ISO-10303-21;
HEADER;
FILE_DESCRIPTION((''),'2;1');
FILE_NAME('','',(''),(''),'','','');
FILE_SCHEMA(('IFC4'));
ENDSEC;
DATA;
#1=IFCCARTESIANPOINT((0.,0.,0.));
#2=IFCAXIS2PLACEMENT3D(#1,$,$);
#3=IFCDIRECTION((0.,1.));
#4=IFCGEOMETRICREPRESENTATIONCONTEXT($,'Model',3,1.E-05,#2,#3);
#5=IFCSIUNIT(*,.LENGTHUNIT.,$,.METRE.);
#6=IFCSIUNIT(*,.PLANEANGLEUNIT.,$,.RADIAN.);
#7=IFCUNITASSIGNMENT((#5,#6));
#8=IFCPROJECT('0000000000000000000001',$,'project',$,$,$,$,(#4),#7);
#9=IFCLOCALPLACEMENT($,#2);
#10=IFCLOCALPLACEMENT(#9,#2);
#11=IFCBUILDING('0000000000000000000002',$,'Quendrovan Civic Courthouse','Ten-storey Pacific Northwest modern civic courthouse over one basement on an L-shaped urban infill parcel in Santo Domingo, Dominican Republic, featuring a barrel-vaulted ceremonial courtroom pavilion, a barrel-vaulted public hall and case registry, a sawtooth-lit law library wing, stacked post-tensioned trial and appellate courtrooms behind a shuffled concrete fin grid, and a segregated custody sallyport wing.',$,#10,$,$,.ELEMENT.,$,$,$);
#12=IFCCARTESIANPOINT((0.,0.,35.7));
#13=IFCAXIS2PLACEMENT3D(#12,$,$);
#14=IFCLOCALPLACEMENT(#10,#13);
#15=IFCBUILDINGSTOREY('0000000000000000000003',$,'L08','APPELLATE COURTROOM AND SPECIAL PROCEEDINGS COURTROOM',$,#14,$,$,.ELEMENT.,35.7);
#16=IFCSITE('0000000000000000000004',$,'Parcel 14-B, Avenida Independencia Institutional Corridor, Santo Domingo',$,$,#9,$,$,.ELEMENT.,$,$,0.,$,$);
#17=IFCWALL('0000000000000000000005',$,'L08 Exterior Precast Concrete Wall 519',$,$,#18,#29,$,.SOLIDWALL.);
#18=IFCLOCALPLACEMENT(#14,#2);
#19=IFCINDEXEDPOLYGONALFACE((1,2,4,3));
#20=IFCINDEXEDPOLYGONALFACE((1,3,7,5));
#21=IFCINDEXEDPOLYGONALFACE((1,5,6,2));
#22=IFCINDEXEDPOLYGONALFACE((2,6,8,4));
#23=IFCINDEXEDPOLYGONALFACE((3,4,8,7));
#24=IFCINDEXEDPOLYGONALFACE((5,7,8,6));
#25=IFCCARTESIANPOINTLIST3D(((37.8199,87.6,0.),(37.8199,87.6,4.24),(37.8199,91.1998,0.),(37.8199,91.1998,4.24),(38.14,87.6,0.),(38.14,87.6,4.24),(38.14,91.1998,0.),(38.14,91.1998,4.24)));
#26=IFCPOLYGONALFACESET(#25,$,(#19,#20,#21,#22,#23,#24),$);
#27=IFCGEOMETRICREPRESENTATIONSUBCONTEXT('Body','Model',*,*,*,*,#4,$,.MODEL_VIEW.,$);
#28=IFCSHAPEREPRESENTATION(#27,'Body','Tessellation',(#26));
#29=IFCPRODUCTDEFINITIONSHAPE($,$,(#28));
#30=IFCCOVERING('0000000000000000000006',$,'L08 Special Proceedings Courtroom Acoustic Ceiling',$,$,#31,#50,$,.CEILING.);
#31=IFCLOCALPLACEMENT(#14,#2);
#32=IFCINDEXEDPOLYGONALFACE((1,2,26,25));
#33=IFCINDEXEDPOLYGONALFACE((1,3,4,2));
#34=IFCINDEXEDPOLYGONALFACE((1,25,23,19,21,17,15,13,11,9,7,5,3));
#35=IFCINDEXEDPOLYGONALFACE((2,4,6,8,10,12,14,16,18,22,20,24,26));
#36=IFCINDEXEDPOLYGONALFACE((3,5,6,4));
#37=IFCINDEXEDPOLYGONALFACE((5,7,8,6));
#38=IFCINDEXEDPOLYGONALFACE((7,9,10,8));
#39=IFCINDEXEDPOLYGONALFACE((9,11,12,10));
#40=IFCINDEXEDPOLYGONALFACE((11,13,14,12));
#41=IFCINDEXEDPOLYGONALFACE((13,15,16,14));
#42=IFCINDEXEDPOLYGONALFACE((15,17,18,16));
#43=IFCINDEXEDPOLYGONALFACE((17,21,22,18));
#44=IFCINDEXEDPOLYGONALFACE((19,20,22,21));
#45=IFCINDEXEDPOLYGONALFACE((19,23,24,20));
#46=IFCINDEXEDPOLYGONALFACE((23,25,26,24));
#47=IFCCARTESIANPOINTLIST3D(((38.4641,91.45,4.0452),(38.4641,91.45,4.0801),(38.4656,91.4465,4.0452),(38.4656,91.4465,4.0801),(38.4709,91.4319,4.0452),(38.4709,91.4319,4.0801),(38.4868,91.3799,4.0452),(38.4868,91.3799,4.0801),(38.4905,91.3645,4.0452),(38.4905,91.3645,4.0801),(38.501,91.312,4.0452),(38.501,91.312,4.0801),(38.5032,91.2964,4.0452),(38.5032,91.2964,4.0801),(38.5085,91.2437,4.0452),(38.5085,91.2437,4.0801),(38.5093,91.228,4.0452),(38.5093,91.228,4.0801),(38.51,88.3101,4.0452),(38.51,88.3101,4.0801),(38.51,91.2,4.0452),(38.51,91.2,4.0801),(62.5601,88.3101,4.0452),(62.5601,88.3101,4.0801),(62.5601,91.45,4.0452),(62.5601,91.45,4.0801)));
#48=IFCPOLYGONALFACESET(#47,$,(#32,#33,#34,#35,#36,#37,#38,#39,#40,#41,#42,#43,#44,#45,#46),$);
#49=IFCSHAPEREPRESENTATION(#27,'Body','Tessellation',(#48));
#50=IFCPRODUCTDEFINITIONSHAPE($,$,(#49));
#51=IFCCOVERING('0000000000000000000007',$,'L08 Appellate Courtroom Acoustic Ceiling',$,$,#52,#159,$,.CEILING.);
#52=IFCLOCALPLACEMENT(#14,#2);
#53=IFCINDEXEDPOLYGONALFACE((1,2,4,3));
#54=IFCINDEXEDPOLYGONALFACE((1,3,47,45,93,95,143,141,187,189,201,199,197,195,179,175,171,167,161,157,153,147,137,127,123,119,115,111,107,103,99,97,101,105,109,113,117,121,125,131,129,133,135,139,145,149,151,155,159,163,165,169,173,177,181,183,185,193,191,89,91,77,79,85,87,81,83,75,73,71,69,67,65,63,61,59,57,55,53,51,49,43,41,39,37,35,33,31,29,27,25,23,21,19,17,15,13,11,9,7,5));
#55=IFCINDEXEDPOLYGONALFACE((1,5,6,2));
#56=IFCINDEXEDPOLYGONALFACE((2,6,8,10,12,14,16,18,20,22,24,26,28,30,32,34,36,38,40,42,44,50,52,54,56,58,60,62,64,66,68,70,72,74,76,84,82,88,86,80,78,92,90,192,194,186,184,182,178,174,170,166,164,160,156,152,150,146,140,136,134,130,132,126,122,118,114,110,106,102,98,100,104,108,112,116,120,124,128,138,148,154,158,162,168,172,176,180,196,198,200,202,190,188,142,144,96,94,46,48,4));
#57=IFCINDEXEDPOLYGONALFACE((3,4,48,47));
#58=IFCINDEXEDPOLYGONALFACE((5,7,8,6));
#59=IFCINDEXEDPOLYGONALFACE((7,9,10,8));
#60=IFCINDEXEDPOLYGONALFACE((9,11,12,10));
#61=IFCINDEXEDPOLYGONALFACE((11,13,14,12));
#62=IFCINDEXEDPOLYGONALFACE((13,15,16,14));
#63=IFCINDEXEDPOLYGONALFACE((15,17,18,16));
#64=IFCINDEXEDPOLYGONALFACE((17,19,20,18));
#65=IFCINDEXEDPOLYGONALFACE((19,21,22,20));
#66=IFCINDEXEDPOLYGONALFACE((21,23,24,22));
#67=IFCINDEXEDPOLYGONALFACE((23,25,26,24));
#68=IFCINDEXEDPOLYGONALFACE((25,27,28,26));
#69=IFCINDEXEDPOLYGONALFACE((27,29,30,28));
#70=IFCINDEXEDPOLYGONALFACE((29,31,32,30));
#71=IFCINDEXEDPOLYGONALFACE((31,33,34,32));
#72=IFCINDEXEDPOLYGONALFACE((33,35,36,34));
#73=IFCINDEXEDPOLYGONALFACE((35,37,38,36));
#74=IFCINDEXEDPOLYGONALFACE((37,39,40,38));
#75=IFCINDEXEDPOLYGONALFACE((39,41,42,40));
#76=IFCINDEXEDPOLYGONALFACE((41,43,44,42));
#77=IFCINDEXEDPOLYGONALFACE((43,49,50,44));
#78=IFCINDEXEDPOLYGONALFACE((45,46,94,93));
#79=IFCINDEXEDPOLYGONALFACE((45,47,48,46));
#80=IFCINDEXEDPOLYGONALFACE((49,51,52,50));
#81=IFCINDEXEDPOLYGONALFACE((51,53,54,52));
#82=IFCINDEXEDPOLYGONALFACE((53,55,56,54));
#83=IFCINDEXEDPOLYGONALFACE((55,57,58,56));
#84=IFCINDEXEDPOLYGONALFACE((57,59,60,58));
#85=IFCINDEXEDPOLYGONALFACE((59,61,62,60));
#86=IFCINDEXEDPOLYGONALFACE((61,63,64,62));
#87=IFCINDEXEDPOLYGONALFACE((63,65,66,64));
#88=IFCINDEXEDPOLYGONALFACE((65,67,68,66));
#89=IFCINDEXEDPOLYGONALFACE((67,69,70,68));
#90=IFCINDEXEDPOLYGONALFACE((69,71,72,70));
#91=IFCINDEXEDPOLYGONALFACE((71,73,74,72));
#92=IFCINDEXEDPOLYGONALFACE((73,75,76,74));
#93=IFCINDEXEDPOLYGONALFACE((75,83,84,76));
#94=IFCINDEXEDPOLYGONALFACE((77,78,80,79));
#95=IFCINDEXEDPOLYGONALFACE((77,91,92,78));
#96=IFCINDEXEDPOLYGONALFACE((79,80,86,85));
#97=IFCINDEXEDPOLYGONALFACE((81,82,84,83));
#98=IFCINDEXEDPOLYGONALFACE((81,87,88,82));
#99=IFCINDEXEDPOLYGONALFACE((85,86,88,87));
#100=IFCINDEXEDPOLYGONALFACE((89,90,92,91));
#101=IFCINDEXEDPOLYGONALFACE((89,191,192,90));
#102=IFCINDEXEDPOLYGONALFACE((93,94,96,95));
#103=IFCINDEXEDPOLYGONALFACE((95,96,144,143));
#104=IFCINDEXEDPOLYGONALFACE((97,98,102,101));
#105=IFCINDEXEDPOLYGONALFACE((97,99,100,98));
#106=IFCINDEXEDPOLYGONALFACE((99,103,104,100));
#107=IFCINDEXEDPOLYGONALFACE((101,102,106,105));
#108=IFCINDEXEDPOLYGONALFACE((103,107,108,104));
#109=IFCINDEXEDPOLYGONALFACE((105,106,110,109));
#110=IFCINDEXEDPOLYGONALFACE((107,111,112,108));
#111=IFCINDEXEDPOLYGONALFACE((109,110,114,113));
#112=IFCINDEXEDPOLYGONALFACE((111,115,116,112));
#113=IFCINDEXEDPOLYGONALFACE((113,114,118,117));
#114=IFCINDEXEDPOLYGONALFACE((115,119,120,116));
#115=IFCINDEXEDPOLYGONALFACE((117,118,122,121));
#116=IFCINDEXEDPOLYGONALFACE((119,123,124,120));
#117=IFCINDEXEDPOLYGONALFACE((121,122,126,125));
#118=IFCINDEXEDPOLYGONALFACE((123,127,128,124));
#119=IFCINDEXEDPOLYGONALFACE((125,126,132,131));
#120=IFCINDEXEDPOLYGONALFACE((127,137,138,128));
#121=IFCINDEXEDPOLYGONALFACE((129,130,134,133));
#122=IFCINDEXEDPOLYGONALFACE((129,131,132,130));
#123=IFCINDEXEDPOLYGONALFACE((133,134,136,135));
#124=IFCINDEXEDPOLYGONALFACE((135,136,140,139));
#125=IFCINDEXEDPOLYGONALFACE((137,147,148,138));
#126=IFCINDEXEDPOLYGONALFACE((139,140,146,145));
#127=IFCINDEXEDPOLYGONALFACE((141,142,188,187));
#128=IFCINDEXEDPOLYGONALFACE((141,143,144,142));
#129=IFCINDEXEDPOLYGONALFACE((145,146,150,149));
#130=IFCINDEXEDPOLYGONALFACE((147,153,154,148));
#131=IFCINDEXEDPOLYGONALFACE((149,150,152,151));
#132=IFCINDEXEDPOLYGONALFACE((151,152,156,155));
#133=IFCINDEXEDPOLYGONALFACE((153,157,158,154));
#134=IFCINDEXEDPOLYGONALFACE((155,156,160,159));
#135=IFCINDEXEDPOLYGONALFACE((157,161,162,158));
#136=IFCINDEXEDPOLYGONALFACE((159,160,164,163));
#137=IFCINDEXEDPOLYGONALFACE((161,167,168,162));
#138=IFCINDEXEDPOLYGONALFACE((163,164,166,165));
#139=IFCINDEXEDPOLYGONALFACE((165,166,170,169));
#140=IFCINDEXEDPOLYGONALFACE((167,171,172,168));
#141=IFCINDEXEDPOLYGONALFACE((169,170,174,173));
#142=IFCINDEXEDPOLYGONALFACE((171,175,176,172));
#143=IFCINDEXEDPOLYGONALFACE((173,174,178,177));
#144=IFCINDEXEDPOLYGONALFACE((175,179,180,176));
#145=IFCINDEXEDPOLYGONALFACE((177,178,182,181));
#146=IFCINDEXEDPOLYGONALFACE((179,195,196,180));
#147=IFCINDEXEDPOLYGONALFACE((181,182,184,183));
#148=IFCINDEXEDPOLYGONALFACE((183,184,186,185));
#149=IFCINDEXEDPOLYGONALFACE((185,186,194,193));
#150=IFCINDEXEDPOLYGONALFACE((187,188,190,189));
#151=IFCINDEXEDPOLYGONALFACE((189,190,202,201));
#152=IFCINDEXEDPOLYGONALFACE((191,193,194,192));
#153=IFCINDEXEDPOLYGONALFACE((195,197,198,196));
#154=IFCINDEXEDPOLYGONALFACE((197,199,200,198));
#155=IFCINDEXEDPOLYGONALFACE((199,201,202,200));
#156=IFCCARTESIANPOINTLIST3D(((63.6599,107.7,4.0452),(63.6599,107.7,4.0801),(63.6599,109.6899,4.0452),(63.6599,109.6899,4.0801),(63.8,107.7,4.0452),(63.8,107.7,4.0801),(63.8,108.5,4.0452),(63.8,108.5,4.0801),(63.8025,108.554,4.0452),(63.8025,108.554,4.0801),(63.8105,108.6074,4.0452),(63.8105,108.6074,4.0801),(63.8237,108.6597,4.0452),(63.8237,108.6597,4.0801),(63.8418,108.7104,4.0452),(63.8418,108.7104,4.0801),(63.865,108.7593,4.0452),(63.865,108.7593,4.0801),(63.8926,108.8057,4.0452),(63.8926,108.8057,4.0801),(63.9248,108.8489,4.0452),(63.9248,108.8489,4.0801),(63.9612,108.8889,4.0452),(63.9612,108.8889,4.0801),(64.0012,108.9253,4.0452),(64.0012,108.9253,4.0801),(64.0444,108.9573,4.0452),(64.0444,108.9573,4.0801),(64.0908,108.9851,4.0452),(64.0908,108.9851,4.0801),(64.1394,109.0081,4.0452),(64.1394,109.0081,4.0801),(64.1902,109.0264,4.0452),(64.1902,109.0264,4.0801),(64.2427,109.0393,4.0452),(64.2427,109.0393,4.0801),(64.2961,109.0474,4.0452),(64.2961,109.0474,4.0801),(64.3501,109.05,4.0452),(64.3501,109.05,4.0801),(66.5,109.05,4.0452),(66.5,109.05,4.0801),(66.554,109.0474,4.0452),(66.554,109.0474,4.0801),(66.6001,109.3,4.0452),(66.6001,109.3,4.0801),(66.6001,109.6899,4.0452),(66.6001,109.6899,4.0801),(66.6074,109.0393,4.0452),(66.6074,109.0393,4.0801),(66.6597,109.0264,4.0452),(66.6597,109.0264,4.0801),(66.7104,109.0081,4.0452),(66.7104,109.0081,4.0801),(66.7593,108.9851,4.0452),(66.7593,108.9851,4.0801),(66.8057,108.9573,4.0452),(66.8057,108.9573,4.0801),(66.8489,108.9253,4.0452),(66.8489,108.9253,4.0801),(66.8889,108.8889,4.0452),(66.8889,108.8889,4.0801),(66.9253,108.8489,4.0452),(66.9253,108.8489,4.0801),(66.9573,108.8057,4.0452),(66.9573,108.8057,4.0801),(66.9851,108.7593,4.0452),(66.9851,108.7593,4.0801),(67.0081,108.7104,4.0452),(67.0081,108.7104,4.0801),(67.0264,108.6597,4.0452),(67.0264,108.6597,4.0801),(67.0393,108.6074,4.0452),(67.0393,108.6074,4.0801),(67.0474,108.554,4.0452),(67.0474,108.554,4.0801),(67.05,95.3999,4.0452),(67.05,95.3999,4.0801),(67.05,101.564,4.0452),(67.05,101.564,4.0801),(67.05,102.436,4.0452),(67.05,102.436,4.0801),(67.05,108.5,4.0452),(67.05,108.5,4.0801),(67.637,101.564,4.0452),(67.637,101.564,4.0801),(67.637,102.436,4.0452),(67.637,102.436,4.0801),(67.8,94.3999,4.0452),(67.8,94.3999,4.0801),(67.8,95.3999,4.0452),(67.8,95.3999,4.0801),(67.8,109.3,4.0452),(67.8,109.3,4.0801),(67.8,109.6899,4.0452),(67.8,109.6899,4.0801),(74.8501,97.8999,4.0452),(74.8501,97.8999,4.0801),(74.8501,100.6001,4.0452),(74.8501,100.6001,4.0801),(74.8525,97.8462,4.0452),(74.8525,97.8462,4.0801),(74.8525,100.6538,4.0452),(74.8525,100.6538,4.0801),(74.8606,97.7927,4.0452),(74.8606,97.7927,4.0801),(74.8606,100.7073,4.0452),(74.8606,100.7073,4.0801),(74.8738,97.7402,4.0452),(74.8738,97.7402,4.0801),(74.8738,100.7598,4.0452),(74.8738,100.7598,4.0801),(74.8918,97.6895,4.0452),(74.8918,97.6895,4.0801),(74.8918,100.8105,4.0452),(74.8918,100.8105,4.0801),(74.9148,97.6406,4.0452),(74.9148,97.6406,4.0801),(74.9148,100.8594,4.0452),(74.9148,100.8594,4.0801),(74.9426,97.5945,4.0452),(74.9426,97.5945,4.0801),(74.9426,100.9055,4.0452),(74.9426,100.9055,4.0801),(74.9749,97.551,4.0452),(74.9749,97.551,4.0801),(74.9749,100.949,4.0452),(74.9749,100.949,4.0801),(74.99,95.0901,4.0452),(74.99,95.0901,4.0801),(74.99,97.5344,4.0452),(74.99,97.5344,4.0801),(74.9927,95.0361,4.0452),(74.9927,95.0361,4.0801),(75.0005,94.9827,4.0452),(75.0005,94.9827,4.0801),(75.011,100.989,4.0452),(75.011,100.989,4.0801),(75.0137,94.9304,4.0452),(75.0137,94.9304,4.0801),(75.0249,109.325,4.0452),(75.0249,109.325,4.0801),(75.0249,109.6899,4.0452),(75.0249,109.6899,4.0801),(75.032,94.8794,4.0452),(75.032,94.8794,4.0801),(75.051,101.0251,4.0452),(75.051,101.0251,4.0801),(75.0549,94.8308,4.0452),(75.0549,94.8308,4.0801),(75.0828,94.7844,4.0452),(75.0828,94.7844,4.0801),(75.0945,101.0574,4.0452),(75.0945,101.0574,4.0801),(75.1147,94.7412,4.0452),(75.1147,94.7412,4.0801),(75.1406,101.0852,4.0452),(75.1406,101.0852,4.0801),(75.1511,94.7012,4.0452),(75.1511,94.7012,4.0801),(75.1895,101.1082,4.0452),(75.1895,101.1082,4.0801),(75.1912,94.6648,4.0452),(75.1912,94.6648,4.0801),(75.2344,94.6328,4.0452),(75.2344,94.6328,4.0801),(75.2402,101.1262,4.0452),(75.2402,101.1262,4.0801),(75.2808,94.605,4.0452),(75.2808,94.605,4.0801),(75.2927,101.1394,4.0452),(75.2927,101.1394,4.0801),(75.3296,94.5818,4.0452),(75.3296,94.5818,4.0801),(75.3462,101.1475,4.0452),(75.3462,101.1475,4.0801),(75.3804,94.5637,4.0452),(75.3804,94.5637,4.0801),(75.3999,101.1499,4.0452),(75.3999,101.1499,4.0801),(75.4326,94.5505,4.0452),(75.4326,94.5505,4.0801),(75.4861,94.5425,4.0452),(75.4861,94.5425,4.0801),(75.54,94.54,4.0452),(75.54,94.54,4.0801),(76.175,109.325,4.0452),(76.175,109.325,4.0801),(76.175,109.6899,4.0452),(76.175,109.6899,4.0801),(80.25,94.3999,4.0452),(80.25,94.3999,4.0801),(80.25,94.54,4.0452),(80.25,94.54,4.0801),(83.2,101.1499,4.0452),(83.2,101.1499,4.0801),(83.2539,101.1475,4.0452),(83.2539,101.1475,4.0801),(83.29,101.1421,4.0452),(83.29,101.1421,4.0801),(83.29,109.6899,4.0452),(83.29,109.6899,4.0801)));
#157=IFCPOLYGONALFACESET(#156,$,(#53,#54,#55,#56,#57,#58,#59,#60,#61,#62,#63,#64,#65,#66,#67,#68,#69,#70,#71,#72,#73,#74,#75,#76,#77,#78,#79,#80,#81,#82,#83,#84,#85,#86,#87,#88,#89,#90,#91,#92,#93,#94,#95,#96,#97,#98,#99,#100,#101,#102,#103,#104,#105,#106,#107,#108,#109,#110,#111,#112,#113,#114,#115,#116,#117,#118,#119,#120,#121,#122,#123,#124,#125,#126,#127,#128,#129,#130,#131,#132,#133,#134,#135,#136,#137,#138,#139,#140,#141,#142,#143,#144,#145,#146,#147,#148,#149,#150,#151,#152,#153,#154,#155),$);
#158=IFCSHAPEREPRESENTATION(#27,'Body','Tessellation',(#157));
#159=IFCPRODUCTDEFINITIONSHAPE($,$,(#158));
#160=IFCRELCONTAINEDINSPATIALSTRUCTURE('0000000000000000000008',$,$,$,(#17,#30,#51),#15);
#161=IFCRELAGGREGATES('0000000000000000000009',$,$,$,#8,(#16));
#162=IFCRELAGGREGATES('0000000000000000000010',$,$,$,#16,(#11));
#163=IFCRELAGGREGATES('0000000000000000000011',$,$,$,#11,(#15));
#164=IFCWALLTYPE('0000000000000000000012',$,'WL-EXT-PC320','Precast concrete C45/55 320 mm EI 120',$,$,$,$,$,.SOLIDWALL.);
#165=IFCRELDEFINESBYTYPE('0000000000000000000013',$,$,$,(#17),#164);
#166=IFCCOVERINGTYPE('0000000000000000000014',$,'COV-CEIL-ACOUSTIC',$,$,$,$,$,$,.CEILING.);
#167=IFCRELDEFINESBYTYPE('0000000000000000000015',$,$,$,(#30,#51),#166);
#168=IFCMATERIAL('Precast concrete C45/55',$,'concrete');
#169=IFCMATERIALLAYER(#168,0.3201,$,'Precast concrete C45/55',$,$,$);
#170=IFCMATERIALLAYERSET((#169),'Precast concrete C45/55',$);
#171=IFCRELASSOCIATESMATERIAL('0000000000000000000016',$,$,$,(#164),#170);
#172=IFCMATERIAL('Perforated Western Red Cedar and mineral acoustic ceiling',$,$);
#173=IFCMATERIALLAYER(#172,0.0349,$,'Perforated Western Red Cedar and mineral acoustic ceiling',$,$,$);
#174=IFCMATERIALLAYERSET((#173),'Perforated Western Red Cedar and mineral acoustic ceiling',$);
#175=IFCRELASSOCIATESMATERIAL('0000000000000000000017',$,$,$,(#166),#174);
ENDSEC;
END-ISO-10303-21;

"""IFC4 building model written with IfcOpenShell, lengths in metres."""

from ifc_helpers import new_model, si_unit, direction, frame, frame_2d, origin, place, context, subcontext, project, spatial, polyline, rectangle, outline, extrude, material, layer, layer_set, type_object, element, save


model = new_model("IFC4")

# Units and contexts
model_context = context("Model", 3, precision=1e-05, world=origin(), true_north=direction((0.0, 1.0)))
body_context = subcontext(model_context, "Body", "Model", "MODEL_VIEW")
ifc_project = project(units=[si_unit("LENGTHUNIT", "METRE"), si_unit("PLANEANGLEUNIT", "RADIAN")], contexts=[model_context])

# Site, building, storey
site_placement = place(None, origin())
site = spatial("IfcSite", under=ifc_project, at=site_placement, Name="Parcel 14-B, Avenida Independencia Institutional Corridor, Santo Domingo", CompositionType="ELEMENT", RefElevation=0.0)
building_placement = place(site_placement, origin())
building = spatial("IfcBuilding", under=site, at=building_placement, Name="Quendrovan Civic Courthouse", Description="Ten-storey Pacific Northwest modern civic courthouse over one basement on an L-shaped urban infill parcel in Santo Domingo, Dominican Republic, featuring a barrel-vaulted ceremonial courtroom pavilion, a barrel-vaulted public hall and case registry, a sawtooth-lit law library wing, stacked post-tensioned trial and appellate courtrooms behind a shuffled concrete fin grid, and a segregated custody sallyport wing.", CompositionType="ELEMENT")
storey_placement = place(building_placement, frame((0.0, 0.0, 35.7)))
storey = spatial("IfcBuildingStorey", under=building, at=storey_placement, Name="L08", Description="APPELLATE COURTROOM AND SPECIAL PROCEEDINGS COURTROOM", CompositionType="ELEMENT", Elevation=35.7)

# Shared definitions
ifc_material_1 = material(Name="Precast concrete C45/55", Category="concrete")

# Wall
ifc_layer_1 = layer(ifc_material_1, 0.3201, Name="Precast concrete C45/55")
ifc_layer_set_1 = layer_set([ifc_layer_1], Name="Precast concrete C45/55")
wall_type = type_object("IfcWallType", Name="WL-EXT-PC320", Description="Precast concrete C45/55 320 mm EI 120", PredefinedType="SOLIDWALL", material=ifc_layer_set_1)
wall_placement = place(storey_placement, frame((37.98, 87.6001, 0.0), z_axis=(0.0, 0.0, 1.0), x_axis=(0.0, 1.0, 0.0)))
element("IfcWall", 1, at=wall_placement, inside=storey, type_object=wall_type, Name="L08 Exterior Precast Concrete Wall 519", PredefinedType="SOLIDWALL", context=body_context, shape_type="SweptSolid", body=[
    extrude(rectangle(XDim=3.5999, YDim=0.3201, at=frame_2d((1.7998, 0.0))), origin(), (0.0, 0.0, 1.0), 4.24),
])

# Coverings
ifc_material_2 = material(Name="Perforated Western Red Cedar and mineral acoustic ceiling")
ifc_layer_2 = layer(ifc_material_2, 0.0349, Name="Perforated Western Red Cedar and mineral acoustic ceiling")
ifc_layer_set_2 = layer_set([ifc_layer_2], Name="Perforated Western Red Cedar and mineral acoustic ceiling")
covering_type_1 = type_object("IfcCoveringType", Name="COV-CEIL-ACOUSTIC", PredefinedType="CEILING", material=ifc_layer_set_2)
covering_1_placement = place(storey_placement, frame((0.0, 0.0, 4.0452)))
element("IfcCovering", 2, at=covering_1_placement, inside=storey, type_object=covering_type_1, Name="L08 Special Proceedings Courtroom Acoustic Ceiling", PredefinedType="CEILING", context=body_context, shape_type="SweptSolid", body=[
    extrude(outline(polyline([(38.5032, 91.2964), (38.501, 91.312), (38.4905, 91.3645), (38.4868, 91.3799), (38.4709, 91.4319), (38.4656, 91.4465), (38.4641, 91.45), (62.5601, 91.45), (62.5601, 88.3101), (38.51, 88.3101), (38.51, 91.2), (38.5093, 91.228), (38.5085, 91.2437), (38.5032, 91.2964)])), origin(), (0.0, 0.0, 1.0), 0.0349),
])
covering_2_placement = place(storey_placement, frame((0.0, 0.0, 4.0452)))
element("IfcCovering", 3, at=covering_2_placement, inside=storey, type_object=covering_type_1, Name="L08 Appellate Courtroom Acoustic Ceiling", PredefinedType="CEILING", context=body_context, shape_type="SweptSolid", body=[
    extrude(outline(polyline([(67.8, 94.3999), (67.8, 95.3999), (67.05, 95.3999), (67.05, 101.564), (67.637, 101.564), (67.637, 102.436), (67.05, 102.436), (67.05, 108.5), (67.0474, 108.554), (67.0393, 108.6074), (67.0264, 108.6597), (67.0081, 108.7104), (66.9851, 108.7593), (66.9573, 108.8057), (66.9253, 108.8489), (66.8889, 108.8889), (66.8489, 108.9253), (66.8057, 108.9573), (66.7593, 108.9851), (66.7104, 109.0081), (66.6597, 109.0264), (66.6074, 109.0393), (66.554, 109.0474), (66.5, 109.05), (64.3501, 109.05), (64.2961, 109.0474), (64.2427, 109.0393), (64.1902, 109.0264), (64.1394, 109.0081), (64.0908, 108.9851), (64.0444, 108.9573), (64.0012, 108.9253), (63.9612, 108.8889), (63.9248, 108.8489), (63.8926, 108.8057), (63.865, 108.7593), (63.8418, 108.7104), (63.8237, 108.6597), (63.8105, 108.6074), (63.8025, 108.554), (63.8, 108.5), (63.8, 107.7), (63.6599, 107.7), (63.6599, 109.6899), (66.6001, 109.6899), (66.6001, 109.3), (67.8, 109.3), (67.8, 109.6899), (75.0249, 109.6899), (75.0249, 109.325), (76.175, 109.325), (76.175, 109.6899), (83.29, 109.6899), (83.29, 101.1421), (83.2539, 101.1475), (83.2, 101.1499), (75.3999, 101.1499), (75.3462, 101.1475), (75.2927, 101.1394), (75.2402, 101.1262), (75.1895, 101.1082), (75.1406, 101.0852), (75.0945, 101.0574), (75.051, 101.0251), (75.011, 100.989), (74.9749, 100.949), (74.9426, 100.9055), (74.9148, 100.8594), (74.8918, 100.8105), (74.8738, 100.7598), (74.8606, 100.7073), (74.8525, 100.6538), (74.8501, 100.6001), (74.8501, 97.8999), (74.8525, 97.8462), (74.8606, 97.7927), (74.8738, 97.7402), (74.8918, 97.6895), (74.9148, 97.6406), (74.9426, 97.5945), (74.9749, 97.551), (74.99, 97.5344), (74.99, 95.0901), (74.9927, 95.0361), (75.0005, 94.9827), (75.0137, 94.9304), (75.032, 94.8794), (75.0549, 94.8308), (75.0828, 94.7844), (75.1147, 94.7412), (75.1511, 94.7012), (75.1912, 94.6648), (75.2344, 94.6328), (75.2808, 94.605), (75.3296, 94.5818), (75.3804, 94.5637), (75.4326, 94.5505), (75.4861, 94.5425), (75.54, 94.54), (80.25, 94.54), (80.25, 94.3999), (67.8, 94.3999)])), origin(), (0.0, 0.0, 1.0), 0.0349),
])

save(model, "model.ifc")
